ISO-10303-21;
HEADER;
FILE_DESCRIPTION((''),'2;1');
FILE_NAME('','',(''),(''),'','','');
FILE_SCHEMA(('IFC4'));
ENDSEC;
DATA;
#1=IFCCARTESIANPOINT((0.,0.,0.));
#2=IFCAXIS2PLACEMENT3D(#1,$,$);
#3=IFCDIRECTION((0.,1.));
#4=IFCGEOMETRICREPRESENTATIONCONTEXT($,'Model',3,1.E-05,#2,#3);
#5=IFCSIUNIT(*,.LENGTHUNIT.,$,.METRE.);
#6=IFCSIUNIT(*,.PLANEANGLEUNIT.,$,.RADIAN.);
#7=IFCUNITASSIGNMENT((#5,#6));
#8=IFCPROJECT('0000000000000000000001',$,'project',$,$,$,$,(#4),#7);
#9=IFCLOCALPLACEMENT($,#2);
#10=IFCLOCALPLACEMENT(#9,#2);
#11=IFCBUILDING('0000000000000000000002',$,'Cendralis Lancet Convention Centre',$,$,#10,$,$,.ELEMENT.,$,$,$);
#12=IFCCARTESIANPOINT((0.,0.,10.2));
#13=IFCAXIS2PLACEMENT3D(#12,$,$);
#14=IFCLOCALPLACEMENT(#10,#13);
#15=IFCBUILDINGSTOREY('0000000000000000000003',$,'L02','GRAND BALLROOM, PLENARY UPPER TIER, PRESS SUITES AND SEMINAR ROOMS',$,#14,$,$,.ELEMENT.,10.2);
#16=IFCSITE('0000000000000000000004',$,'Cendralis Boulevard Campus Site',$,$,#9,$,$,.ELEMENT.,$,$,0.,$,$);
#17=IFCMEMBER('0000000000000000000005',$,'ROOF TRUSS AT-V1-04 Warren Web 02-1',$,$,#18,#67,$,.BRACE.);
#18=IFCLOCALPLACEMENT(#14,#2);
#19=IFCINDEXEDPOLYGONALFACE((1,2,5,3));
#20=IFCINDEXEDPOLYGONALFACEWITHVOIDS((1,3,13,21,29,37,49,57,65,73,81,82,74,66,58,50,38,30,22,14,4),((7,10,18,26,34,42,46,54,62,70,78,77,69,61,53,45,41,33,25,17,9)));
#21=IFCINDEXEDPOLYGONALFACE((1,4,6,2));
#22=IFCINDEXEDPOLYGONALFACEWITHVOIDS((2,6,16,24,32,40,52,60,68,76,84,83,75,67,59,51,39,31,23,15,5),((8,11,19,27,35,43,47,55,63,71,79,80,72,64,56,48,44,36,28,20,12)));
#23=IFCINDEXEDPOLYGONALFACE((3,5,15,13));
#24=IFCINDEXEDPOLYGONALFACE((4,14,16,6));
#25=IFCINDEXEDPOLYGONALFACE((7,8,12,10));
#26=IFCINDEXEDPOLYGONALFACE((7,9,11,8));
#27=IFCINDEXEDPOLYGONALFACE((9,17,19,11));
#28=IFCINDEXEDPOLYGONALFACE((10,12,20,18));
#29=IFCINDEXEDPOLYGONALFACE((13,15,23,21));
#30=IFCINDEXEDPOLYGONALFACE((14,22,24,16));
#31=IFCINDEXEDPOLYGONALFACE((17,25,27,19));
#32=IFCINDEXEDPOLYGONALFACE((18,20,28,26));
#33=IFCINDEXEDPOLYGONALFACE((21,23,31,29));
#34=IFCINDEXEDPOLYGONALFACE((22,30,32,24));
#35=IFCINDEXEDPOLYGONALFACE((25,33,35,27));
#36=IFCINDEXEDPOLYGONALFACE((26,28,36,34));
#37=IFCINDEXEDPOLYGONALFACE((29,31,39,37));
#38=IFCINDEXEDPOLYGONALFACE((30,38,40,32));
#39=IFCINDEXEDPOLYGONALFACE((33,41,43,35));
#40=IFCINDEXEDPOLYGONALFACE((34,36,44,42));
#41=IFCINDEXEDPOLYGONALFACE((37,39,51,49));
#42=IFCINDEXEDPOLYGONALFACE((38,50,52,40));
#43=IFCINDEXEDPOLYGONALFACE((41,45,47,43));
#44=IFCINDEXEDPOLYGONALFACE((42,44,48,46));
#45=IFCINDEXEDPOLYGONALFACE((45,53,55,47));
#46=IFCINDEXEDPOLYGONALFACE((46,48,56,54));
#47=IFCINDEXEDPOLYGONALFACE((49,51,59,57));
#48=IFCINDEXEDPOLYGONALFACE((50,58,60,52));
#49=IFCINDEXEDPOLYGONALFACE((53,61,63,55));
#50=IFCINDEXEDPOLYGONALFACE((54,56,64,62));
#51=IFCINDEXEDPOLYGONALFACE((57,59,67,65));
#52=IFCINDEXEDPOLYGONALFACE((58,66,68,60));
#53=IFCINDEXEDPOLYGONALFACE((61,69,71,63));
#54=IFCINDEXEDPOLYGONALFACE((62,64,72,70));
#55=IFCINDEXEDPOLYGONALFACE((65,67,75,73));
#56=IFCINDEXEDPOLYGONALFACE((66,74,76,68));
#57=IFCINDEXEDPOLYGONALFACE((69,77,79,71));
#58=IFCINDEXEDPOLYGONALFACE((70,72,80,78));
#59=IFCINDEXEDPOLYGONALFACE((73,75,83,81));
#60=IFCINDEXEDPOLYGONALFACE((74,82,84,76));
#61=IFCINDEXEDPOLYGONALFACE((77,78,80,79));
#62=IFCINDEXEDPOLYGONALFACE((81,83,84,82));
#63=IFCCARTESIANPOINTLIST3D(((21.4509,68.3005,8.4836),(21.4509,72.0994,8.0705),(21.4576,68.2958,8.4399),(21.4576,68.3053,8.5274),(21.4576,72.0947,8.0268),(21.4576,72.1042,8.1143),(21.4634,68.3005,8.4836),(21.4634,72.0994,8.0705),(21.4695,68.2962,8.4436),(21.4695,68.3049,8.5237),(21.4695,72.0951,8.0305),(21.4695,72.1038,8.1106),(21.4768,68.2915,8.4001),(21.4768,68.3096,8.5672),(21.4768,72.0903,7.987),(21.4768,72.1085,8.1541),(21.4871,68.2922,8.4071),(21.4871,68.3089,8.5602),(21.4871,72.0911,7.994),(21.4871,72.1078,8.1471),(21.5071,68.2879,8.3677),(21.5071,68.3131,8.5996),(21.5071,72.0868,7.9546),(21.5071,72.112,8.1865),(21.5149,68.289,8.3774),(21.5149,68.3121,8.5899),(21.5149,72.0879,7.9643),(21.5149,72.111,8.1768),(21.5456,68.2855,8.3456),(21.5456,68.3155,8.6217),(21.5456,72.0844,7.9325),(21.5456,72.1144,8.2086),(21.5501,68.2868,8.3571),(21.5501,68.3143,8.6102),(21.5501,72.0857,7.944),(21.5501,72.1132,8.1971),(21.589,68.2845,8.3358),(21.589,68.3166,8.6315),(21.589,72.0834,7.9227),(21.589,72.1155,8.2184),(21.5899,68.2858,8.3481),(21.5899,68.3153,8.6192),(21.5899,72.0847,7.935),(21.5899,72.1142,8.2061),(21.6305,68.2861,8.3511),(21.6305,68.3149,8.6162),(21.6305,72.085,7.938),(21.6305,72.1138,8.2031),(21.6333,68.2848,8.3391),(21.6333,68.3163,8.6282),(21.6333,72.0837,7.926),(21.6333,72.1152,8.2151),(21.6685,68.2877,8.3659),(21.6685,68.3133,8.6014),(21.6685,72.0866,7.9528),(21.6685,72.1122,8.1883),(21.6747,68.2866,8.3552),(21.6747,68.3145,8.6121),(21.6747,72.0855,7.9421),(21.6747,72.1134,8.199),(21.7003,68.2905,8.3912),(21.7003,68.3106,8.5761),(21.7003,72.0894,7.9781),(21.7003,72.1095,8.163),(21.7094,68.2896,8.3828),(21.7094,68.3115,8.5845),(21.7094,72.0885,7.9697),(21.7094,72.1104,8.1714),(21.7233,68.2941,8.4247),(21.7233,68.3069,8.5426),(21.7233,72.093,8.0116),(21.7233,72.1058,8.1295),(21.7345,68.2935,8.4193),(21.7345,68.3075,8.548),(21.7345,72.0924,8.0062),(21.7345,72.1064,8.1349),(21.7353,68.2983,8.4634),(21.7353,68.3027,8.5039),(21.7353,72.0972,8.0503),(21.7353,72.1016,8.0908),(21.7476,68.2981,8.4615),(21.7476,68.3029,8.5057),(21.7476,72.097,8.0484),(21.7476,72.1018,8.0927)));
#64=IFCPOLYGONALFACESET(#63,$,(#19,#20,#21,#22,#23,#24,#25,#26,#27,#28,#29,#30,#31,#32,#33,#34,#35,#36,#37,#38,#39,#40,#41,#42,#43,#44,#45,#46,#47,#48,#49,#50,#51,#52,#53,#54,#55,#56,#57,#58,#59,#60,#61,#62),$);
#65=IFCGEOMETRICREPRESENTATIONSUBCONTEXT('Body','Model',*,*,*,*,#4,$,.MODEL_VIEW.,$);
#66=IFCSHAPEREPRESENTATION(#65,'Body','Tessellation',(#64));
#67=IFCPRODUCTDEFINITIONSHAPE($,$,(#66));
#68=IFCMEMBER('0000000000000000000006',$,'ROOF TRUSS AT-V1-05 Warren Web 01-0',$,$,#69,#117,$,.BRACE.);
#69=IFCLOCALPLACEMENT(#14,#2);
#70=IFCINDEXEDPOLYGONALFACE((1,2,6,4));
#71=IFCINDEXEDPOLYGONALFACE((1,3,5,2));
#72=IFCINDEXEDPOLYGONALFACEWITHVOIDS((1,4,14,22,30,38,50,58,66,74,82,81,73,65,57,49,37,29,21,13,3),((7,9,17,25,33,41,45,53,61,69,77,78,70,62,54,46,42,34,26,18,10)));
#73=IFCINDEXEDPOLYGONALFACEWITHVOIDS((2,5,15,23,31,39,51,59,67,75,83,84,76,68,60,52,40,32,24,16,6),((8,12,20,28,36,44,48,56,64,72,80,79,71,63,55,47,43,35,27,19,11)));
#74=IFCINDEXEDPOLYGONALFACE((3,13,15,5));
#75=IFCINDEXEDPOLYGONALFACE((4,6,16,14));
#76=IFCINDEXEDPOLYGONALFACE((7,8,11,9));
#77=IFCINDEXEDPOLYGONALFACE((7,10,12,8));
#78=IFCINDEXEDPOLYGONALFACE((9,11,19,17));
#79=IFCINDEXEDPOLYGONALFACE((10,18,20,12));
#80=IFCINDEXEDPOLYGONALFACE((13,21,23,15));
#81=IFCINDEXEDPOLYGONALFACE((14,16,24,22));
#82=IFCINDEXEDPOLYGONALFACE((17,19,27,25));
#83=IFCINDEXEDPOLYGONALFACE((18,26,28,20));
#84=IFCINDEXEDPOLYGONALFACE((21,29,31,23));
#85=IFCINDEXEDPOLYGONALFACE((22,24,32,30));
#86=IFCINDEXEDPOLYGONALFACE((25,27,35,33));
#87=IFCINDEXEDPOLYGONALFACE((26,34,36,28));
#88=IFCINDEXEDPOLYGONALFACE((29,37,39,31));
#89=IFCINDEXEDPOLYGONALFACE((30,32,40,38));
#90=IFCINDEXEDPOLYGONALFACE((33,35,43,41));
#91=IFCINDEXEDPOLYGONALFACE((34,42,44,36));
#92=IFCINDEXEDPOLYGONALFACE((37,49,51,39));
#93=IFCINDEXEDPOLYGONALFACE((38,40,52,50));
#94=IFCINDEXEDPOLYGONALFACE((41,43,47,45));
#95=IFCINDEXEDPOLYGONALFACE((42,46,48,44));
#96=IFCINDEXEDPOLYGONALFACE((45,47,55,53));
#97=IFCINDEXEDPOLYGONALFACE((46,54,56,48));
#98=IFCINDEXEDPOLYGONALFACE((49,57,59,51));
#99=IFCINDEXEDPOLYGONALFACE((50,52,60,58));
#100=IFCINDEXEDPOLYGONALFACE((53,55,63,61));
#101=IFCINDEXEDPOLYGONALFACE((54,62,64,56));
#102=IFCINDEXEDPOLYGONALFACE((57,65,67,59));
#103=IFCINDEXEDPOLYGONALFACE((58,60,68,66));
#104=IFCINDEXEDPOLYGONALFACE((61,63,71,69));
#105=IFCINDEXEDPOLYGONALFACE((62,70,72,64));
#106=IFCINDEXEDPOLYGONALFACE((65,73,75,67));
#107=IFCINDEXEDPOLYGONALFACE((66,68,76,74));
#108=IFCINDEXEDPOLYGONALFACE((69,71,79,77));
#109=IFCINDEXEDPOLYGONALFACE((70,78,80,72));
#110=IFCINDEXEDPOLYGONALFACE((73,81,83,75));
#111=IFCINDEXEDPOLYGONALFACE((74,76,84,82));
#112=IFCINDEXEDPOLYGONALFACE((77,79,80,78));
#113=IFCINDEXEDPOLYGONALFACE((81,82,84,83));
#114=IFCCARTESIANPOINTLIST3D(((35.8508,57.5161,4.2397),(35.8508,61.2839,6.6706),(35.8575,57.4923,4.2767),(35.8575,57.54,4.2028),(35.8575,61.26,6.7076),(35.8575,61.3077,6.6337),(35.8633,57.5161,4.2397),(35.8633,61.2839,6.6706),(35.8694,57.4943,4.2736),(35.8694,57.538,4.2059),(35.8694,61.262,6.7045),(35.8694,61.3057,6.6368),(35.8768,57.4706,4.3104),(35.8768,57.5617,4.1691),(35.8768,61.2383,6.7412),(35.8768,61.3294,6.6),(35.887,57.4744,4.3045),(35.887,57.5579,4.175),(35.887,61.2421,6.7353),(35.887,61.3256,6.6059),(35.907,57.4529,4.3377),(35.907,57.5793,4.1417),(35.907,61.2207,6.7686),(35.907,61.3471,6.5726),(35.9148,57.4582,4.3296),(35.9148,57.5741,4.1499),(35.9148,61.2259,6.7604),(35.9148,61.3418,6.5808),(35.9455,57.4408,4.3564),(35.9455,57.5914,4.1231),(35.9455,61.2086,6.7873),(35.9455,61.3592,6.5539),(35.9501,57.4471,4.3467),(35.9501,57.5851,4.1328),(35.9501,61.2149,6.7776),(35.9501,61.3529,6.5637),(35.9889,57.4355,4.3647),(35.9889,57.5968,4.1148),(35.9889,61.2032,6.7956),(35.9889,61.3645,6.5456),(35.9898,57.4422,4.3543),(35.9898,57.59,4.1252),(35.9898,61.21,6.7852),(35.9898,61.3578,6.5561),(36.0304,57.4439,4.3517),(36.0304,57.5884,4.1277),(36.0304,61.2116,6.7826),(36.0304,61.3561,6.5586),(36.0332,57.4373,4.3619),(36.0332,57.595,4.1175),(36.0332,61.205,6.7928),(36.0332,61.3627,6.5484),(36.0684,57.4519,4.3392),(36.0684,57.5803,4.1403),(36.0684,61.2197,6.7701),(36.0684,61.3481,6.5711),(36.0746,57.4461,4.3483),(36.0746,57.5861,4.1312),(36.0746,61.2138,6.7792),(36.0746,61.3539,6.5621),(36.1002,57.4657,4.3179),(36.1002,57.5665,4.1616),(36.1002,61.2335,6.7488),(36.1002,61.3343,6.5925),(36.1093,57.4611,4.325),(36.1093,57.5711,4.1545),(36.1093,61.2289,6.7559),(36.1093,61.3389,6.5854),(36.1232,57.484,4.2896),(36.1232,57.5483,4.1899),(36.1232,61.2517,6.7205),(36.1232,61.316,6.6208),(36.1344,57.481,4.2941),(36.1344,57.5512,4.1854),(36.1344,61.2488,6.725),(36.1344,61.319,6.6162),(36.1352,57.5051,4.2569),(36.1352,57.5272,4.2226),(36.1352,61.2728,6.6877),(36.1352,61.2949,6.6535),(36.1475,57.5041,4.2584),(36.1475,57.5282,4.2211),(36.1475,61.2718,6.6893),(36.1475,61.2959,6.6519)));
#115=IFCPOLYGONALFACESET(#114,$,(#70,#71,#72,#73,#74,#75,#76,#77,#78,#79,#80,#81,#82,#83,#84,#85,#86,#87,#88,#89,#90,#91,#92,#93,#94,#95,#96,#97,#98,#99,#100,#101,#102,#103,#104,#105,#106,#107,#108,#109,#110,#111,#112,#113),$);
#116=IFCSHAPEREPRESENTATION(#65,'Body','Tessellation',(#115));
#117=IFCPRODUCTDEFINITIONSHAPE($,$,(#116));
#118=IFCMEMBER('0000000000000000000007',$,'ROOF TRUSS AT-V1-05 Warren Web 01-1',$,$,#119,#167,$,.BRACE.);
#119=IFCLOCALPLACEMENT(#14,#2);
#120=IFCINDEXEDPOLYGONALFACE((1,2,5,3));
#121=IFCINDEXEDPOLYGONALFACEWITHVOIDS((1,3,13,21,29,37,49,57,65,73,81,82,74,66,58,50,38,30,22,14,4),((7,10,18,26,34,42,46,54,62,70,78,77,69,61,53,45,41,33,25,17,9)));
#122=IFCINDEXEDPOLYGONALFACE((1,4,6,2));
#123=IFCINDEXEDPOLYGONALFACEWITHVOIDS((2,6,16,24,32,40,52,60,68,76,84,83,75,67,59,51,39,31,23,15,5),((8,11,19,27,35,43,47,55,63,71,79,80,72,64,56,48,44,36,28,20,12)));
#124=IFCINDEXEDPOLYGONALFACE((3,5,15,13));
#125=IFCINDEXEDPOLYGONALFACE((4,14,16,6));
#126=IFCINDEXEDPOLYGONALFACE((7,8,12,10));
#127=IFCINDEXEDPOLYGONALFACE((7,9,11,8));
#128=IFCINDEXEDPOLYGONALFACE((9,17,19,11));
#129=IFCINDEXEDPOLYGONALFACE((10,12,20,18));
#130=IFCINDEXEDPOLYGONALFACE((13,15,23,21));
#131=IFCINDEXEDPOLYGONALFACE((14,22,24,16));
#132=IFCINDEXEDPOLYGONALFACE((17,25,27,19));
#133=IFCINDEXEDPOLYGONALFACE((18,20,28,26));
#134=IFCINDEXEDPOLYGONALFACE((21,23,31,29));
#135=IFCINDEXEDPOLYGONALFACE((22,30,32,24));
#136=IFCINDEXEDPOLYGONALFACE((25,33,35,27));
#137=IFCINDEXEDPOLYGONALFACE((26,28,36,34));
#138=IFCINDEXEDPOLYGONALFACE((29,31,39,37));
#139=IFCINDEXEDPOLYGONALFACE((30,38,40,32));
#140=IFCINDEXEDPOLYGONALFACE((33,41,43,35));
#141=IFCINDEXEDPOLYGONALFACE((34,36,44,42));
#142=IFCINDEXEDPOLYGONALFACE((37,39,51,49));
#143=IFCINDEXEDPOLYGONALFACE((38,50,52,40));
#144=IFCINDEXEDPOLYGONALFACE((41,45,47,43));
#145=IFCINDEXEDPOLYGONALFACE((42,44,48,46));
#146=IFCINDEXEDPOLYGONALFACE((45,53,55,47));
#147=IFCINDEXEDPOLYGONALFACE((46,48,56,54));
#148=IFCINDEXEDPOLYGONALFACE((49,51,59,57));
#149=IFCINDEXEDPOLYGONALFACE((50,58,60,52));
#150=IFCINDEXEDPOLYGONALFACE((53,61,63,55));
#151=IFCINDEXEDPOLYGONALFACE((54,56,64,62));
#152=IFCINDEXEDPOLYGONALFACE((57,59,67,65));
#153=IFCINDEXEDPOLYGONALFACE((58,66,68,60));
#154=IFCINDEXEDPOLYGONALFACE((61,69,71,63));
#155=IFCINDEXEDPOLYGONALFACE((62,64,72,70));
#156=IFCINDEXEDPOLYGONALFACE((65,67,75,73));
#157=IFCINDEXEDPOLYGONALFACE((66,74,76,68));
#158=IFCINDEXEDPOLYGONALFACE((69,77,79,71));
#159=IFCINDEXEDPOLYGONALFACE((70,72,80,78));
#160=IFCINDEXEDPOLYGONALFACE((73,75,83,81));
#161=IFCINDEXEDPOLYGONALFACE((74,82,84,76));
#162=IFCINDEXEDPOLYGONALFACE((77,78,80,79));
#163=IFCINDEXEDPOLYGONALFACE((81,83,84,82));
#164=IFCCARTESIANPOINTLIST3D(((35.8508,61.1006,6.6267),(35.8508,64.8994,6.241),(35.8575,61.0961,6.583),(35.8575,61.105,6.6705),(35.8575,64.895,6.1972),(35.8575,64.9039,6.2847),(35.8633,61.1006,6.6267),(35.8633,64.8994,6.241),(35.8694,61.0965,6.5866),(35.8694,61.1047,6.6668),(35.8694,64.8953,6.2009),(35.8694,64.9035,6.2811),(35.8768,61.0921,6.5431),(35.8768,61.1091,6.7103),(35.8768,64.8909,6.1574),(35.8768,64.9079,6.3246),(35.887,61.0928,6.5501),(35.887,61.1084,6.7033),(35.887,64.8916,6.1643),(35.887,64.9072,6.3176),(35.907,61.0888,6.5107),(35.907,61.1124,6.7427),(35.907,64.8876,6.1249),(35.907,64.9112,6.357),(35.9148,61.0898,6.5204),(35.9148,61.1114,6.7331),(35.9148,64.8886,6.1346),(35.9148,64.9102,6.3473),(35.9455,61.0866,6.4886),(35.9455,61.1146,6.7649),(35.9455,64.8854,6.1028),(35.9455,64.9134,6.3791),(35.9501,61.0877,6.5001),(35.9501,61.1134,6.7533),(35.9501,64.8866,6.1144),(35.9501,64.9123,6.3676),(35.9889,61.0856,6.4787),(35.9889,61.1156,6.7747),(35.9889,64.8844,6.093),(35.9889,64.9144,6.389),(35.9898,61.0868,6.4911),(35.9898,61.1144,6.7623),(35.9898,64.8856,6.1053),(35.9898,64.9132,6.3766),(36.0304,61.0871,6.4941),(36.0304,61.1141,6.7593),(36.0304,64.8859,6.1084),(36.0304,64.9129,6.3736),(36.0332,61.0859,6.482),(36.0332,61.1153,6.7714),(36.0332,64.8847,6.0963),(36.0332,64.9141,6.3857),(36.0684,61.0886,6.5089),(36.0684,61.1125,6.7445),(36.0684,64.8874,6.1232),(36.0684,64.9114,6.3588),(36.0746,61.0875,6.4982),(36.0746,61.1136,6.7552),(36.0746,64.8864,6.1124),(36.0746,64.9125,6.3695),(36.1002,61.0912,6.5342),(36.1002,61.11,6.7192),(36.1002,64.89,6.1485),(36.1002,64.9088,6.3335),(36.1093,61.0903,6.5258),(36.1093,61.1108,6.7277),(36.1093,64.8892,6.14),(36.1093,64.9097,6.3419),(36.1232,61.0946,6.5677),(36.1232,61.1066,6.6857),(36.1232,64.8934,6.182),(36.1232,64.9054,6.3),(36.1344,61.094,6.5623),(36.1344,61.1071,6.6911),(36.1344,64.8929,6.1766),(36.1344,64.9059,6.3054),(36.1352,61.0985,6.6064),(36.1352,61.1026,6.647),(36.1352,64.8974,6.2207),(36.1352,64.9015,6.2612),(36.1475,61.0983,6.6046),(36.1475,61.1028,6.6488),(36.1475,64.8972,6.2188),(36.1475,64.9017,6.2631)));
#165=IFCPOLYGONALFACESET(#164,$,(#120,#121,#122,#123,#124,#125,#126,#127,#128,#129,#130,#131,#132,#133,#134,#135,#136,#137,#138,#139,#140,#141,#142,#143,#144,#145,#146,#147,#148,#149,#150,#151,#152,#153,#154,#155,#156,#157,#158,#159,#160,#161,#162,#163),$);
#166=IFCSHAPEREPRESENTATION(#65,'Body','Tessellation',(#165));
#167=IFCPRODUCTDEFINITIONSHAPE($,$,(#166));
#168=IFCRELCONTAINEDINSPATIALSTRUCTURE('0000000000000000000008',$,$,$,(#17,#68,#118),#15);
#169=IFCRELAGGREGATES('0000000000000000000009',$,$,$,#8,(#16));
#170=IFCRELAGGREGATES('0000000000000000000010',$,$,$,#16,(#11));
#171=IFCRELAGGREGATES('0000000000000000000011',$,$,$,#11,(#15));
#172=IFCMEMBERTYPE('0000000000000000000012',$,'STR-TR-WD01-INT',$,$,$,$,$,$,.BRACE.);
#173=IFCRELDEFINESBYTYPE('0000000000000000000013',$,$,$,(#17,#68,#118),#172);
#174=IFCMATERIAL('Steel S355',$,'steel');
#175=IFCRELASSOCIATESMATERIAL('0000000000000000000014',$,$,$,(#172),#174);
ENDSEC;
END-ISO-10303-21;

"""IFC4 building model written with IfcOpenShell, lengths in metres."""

from ifc_helpers import new_model, si_unit, direction, frame, origin, origin_2d, place, context, subcontext, project, spatial, hollow_circle, extrude, material, material_profile, profile_set, type_object, element, save


model = new_model("IFC4")

# Units and contexts
model_context = context("Model", 3, precision=1e-05, world=origin(), true_north=direction((0.0, 1.0)))
body_context = subcontext(model_context, "Body", "Model", "MODEL_VIEW")
ifc_project = project(units=[si_unit("LENGTHUNIT", "METRE"), si_unit("PLANEANGLEUNIT", "RADIAN")], contexts=[model_context])

# Site, building, storey
site_placement = place(None, origin())
site = spatial("IfcSite", under=ifc_project, at=site_placement, Name="Cendralis Boulevard Campus Site", CompositionType="ELEMENT", RefElevation=0.0)
building_placement = place(site_placement, origin())
building = spatial("IfcBuilding", under=site, at=building_placement, Name="Cendralis Lancet Convention Centre", CompositionType="ELEMENT")
storey_placement = place(building_placement, frame((0.0, 0.0, 10.2)))
storey = spatial("IfcBuildingStorey", under=building, at=storey_placement, Name="L02", Description="GRAND BALLROOM, PLENARY UPPER TIER, PRESS SUITES AND SEMINAR ROOMS", CompositionType="ELEMENT", Elevation=10.2)

# Members
ifc_material = material(Name="Steel S355", Category="steel")
ifc_material_profile_1 = material_profile(ifc_material, hollow_circle(Radius=0.1492, WallThickness=0.0125, at=origin_2d()), Name="CHS 298.5x12.5")
ifc_profile_set_1 = profile_set([ifc_material_profile_1], Name="Steel S355")
member_type_1 = type_object("IfcMemberType", Name="STR-TR-WD01-INT", PredefinedType="BRACE", material=ifc_profile_set_1)
member_1_placement = place(storey_placement, frame((21.6001, 68.3005, 8.4836), z_axis=(0.0, 0.99414, -0.108103), x_axis=(-1.0, 0.0, 0.0)))
element("IfcMember", 1, at=member_1_placement, inside=storey, type_object=member_type_1, Name="ROOF TRUSS AT-V1-04 Warren Web 02-1", PredefinedType="BRACE", context=body_context, shape_type="SweptSolid", body=[
    extrude(hollow_circle(Radius=0.1492, WallThickness=0.0125, at=origin_2d()), origin(), (0.0, 0.0, 1.0), 3.8213),
])
member_2_placement = place(storey_placement, frame((36.0, 57.5161, 4.2397), z_axis=(0.0, 0.840291, 0.542136), x_axis=(-1.0, 0.0, 0.0)))
element("IfcMember", 2, at=member_2_placement, inside=storey, type_object=member_type_1, Name="ROOF TRUSS AT-V1-05 Warren Web 01-0", PredefinedType="BRACE", context=body_context, shape_type="SweptSolid", body=[
    extrude(hollow_circle(Radius=0.1492, WallThickness=0.0125, at=origin_2d()), origin(), (0.0, 0.0, 1.0), 4.4839),
])
member_3_placement = place(storey_placement, frame((36.0, 61.1006, 6.6267), z_axis=(0.0, 0.994884, -0.101023), x_axis=(-1.0, 0.0, 0.0)))
element("IfcMember", 3, at=member_3_placement, inside=storey, type_object=member_type_1, Name="ROOF TRUSS AT-V1-05 Warren Web 01-1", PredefinedType="BRACE", context=body_context, shape_type="SweptSolid", body=[
    extrude(hollow_circle(Radius=0.1492, WallThickness=0.0125, at=origin_2d()), origin(), (0.0, 0.0, 1.0), 3.8184),
])

save(model, "model.ifc")
